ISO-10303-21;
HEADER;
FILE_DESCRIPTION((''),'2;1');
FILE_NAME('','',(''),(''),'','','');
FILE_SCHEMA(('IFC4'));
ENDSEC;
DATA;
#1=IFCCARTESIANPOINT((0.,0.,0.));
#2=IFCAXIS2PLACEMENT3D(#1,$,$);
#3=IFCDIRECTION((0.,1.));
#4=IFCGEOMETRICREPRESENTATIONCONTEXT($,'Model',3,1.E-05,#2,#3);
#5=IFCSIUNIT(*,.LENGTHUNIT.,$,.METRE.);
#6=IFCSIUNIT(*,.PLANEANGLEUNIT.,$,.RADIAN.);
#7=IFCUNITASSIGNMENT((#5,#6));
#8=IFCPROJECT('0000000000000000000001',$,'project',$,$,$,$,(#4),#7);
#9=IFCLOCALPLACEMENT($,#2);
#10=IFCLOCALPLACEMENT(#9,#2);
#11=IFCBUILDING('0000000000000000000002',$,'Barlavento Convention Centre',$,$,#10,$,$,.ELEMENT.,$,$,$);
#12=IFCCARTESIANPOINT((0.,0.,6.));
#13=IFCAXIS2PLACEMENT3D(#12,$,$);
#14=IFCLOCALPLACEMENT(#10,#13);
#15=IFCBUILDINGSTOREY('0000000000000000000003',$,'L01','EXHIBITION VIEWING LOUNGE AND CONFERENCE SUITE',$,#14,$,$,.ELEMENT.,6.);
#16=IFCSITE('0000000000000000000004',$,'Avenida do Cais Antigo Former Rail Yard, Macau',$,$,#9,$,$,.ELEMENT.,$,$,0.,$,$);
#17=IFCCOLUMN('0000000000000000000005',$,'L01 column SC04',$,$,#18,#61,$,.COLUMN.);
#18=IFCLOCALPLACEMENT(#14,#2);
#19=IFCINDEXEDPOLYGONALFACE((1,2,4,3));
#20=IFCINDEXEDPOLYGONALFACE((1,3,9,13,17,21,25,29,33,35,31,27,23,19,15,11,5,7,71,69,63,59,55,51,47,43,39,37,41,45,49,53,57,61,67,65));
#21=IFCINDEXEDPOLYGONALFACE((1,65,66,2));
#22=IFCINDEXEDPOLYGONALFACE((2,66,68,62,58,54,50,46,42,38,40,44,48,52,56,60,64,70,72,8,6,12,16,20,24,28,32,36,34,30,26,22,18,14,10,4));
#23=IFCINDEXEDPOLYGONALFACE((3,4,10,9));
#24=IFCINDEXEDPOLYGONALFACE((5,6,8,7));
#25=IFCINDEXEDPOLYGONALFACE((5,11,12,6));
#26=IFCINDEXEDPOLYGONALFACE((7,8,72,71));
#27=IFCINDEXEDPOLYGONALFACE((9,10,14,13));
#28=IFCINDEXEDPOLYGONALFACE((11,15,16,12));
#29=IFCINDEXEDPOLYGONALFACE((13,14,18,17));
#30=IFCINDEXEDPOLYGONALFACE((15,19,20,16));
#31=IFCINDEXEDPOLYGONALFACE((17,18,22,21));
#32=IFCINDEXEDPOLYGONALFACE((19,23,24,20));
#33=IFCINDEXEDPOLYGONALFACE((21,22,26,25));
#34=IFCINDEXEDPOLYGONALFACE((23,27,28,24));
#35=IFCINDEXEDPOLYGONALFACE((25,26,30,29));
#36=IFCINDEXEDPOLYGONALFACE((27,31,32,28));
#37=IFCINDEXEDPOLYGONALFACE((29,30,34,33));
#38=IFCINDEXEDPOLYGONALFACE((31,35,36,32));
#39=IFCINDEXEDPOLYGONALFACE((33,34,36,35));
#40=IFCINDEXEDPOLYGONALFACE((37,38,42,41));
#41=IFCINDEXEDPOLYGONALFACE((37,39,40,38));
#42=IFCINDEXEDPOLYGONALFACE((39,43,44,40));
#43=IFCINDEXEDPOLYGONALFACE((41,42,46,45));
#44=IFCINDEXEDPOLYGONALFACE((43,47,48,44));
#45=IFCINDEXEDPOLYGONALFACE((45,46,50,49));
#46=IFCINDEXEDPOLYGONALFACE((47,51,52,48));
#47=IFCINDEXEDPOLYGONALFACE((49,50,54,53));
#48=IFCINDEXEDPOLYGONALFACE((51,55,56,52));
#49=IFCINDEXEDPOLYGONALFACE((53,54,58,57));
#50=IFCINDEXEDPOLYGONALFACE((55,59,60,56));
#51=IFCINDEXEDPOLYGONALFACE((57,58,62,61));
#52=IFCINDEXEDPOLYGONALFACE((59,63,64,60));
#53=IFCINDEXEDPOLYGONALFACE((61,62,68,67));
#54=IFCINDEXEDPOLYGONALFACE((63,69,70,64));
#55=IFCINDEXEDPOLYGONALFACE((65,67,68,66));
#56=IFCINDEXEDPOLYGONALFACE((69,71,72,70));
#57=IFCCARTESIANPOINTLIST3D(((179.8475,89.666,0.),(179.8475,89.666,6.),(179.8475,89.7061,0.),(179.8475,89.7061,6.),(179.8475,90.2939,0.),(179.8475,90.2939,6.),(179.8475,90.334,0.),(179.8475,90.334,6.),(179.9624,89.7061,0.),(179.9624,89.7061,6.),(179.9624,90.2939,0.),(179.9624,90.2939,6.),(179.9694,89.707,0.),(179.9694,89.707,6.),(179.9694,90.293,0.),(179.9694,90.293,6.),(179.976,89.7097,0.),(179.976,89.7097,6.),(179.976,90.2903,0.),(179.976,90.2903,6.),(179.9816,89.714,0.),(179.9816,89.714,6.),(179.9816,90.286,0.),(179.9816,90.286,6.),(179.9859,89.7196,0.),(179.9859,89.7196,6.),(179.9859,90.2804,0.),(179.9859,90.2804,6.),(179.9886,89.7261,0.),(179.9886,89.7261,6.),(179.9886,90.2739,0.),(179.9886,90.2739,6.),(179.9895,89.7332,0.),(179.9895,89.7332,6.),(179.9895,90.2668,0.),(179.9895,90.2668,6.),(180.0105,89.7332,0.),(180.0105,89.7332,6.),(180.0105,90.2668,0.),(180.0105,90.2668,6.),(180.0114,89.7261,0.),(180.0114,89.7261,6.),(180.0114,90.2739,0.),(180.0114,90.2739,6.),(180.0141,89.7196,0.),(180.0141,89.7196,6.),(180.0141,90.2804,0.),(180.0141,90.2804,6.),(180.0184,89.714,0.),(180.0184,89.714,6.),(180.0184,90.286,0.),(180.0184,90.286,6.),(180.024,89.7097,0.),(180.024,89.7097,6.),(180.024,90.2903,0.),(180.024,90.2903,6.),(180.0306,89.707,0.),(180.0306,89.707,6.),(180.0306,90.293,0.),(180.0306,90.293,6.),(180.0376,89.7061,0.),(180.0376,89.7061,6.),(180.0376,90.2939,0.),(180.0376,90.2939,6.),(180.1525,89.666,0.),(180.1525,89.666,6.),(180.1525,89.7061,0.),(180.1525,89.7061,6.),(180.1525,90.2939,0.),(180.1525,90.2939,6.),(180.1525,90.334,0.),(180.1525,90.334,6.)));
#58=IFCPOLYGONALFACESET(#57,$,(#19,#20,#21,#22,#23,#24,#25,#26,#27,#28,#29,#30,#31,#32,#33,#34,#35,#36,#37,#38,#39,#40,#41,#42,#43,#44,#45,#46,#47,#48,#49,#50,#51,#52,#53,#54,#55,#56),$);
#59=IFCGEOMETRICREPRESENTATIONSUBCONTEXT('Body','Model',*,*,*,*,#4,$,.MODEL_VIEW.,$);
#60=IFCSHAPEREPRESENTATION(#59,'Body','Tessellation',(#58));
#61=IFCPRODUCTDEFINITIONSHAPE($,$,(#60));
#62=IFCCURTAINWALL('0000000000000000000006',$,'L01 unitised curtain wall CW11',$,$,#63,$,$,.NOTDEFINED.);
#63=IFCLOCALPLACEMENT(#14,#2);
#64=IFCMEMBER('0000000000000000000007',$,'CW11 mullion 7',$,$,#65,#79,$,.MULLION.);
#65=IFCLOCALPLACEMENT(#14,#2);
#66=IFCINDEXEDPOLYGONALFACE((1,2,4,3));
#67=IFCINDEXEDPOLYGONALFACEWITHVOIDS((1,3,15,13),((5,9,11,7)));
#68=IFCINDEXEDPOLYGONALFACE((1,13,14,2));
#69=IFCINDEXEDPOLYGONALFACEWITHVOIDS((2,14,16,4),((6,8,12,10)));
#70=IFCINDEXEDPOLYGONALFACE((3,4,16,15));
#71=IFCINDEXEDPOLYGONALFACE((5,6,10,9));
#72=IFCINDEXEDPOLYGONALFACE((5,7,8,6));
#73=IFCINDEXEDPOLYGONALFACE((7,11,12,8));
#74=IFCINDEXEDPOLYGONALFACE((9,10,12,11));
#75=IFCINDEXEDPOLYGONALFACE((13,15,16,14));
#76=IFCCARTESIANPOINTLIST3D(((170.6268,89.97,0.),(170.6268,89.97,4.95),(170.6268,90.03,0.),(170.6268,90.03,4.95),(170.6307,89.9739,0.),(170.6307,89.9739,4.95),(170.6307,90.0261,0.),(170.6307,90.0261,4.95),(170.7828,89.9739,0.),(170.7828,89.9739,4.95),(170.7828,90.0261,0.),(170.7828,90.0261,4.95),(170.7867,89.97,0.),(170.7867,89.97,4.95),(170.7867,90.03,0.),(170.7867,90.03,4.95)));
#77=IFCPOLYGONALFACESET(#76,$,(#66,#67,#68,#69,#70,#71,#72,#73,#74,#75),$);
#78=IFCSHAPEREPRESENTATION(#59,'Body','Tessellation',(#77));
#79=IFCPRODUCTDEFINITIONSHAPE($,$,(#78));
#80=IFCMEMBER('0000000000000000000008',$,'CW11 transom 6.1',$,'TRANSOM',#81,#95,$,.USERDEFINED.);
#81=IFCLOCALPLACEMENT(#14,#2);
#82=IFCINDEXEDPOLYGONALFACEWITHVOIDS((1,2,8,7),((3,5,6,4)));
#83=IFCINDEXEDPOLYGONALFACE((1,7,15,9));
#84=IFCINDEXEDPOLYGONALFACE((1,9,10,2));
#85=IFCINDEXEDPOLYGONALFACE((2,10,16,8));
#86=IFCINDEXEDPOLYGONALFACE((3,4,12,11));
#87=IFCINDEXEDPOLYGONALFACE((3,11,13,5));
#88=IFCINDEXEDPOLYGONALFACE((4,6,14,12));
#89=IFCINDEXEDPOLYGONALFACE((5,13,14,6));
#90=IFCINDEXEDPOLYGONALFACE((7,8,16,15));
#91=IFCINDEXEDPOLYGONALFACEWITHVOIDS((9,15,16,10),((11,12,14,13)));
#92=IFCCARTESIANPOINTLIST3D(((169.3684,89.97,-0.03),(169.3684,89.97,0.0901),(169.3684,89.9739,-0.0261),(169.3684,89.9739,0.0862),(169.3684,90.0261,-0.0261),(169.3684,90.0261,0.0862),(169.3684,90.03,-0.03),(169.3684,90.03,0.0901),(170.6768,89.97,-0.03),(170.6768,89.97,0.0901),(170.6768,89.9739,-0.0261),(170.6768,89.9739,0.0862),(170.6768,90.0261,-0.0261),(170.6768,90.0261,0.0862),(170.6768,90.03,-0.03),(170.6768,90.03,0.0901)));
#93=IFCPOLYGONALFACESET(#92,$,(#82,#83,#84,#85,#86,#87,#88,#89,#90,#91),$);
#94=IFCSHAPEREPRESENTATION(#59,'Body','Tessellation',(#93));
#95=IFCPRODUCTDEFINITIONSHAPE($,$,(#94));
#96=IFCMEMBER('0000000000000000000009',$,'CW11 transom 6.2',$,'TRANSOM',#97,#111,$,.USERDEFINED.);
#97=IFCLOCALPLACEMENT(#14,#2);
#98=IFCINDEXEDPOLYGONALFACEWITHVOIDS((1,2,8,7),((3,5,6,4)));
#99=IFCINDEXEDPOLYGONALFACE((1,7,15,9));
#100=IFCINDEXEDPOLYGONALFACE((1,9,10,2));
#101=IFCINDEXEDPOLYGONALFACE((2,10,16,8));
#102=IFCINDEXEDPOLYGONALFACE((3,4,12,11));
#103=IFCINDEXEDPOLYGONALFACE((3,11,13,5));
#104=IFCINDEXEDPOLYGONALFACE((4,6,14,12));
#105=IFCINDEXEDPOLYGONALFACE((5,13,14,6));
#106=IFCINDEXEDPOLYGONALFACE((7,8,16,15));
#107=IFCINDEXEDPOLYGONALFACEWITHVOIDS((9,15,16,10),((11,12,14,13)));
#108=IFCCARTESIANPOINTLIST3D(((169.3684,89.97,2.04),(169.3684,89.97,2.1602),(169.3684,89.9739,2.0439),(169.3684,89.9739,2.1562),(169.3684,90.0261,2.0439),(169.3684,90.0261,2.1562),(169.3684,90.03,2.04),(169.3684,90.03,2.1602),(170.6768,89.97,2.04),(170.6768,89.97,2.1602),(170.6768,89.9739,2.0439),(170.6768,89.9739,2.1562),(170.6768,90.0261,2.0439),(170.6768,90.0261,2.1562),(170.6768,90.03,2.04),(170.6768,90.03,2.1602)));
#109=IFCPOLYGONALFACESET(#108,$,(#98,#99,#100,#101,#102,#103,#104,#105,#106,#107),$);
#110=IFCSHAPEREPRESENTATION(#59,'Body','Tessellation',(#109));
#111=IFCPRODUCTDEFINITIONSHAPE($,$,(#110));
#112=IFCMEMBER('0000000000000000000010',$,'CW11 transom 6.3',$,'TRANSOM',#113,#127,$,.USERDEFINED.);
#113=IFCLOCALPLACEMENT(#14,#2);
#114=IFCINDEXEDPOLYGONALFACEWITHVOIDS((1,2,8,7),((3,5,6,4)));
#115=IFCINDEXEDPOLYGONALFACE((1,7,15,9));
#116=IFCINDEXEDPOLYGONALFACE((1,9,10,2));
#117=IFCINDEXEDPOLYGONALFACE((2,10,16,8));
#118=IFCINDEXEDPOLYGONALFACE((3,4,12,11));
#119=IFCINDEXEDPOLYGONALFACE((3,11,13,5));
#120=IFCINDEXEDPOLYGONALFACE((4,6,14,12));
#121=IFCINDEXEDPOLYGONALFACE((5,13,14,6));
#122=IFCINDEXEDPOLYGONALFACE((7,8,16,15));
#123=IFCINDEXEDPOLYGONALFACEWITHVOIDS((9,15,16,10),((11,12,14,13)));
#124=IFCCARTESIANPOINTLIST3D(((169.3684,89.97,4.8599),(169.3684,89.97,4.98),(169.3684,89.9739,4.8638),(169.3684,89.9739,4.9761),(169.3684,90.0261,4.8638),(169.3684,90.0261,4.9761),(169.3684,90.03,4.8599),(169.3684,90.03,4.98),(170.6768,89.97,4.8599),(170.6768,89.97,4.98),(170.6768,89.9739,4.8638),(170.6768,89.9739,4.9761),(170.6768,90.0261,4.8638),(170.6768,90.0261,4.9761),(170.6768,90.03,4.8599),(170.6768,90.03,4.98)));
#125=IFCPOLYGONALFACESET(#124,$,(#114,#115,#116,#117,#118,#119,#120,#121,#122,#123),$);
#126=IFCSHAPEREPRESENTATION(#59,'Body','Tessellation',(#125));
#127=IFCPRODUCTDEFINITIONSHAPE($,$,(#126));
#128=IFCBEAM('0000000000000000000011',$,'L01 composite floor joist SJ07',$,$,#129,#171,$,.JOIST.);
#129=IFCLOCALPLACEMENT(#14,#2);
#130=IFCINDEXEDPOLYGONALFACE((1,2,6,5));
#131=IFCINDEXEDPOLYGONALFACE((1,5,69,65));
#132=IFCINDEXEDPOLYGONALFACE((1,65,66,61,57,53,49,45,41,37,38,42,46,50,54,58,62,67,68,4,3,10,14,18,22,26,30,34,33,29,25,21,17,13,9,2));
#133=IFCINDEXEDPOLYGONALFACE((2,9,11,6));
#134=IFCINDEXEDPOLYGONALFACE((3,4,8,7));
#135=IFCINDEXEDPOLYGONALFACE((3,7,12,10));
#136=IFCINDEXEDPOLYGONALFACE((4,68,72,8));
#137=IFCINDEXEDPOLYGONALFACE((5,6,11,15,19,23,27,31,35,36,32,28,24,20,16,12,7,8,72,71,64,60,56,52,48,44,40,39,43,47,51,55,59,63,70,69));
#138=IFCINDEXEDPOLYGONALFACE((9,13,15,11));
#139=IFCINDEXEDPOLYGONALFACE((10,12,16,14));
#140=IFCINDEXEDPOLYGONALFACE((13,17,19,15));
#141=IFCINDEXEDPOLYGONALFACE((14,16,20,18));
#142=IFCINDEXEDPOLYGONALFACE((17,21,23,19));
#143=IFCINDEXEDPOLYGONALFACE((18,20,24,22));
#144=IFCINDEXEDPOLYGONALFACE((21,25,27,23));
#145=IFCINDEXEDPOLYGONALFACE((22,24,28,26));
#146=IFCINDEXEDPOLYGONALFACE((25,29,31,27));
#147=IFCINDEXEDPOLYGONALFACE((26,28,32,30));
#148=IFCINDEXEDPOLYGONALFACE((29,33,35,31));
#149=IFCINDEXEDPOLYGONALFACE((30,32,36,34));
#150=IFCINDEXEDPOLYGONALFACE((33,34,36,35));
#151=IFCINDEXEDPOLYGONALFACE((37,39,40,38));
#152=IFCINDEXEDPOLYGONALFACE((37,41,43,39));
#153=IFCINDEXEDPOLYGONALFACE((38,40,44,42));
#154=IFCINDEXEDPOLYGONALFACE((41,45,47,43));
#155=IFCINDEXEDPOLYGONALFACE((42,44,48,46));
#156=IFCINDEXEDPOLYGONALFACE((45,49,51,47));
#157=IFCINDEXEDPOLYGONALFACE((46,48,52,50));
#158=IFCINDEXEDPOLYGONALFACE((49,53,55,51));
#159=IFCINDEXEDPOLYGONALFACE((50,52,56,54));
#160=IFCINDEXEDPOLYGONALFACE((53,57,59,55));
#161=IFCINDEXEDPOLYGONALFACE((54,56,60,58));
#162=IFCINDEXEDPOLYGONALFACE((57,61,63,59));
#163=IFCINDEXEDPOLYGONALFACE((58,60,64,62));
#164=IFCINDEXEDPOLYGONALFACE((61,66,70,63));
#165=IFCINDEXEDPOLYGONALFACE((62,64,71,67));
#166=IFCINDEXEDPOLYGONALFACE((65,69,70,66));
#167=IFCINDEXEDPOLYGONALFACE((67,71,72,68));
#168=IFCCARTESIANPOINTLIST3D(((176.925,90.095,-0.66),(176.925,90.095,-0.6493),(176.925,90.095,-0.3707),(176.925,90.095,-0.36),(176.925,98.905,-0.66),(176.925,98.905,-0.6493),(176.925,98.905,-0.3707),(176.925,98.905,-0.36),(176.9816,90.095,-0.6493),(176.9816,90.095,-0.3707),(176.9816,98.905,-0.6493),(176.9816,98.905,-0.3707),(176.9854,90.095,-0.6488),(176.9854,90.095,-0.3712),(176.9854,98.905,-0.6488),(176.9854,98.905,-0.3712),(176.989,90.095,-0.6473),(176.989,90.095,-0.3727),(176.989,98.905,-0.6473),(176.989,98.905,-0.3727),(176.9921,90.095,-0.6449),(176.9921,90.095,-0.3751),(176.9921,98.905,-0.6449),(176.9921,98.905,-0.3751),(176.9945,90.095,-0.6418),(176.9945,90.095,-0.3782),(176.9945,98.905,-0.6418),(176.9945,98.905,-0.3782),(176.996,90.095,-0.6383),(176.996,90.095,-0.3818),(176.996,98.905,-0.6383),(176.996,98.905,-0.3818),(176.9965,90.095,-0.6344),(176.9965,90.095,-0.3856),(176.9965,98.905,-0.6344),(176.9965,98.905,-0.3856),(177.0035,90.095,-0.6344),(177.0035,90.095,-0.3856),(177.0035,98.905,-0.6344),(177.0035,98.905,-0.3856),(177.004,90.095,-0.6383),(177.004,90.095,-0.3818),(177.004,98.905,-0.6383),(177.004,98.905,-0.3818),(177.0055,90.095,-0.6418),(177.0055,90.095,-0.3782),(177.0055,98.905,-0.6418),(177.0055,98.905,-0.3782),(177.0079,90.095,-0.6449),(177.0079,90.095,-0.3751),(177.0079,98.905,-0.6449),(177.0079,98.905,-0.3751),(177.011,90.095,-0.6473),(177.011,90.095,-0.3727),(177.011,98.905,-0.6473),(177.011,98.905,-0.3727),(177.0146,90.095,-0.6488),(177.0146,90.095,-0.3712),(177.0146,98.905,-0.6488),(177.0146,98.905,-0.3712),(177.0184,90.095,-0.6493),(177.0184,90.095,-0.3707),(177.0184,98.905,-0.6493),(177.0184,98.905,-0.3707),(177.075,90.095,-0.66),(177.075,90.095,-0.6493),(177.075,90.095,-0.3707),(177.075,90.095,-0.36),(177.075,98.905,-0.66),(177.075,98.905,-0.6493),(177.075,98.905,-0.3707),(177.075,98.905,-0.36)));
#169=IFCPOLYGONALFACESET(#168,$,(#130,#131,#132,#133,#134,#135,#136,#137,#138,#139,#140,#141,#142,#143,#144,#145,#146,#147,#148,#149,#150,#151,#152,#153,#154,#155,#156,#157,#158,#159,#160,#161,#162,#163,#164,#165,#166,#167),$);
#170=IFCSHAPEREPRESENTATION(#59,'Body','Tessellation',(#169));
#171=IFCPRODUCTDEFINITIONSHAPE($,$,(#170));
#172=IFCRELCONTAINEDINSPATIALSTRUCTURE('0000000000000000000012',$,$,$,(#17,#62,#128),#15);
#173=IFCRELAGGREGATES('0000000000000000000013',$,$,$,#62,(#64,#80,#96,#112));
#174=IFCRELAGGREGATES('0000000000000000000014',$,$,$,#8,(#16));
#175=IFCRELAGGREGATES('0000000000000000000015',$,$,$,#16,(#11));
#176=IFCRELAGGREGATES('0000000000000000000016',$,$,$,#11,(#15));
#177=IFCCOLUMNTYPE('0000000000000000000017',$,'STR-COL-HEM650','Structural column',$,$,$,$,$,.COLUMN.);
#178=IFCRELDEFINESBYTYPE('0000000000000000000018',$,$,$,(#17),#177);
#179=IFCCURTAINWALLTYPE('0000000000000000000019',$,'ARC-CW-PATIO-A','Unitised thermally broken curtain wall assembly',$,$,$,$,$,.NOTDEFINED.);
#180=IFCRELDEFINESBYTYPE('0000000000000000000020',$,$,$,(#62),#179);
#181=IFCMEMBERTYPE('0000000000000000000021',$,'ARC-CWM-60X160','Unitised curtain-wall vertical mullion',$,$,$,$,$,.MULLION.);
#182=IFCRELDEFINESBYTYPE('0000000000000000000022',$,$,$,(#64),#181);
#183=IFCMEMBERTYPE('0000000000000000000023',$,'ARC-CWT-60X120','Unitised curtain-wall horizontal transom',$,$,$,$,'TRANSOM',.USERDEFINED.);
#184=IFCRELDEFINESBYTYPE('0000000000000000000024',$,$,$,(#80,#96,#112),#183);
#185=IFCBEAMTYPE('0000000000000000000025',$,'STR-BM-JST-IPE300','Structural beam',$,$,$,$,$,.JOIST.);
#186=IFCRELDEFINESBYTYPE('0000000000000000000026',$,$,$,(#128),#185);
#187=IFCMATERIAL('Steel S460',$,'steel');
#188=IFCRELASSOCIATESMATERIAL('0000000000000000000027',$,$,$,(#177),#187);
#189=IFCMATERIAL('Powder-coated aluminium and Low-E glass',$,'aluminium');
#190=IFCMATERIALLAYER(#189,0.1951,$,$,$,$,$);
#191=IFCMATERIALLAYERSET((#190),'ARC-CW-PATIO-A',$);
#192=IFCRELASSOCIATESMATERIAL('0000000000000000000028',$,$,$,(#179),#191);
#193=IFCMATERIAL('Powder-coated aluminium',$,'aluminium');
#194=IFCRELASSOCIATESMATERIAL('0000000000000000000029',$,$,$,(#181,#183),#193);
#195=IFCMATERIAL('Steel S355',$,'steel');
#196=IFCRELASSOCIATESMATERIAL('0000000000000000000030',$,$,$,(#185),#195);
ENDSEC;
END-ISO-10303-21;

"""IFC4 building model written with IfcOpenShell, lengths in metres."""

from ifc_helpers import new_model, si_unit, direction, frame, origin, origin_2d, place, context, subcontext, project, spatial, hollow_rectangle, i_section, extrude, material, layer, layer_set, material_profile, profile_set, type_object, element, aggregate, save


model = new_model("IFC4")

# Units and contexts
model_context = context("Model", 3, precision=1e-05, world=origin(), true_north=direction((0.0, 1.0)))
body_context = subcontext(model_context, "Body", "Model", "MODEL_VIEW")
ifc_project = project(units=[si_unit("LENGTHUNIT", "METRE"), si_unit("PLANEANGLEUNIT", "RADIAN")], contexts=[model_context])

# Site, building, storey
site_placement = place(None, origin())
site = spatial("IfcSite", under=ifc_project, at=site_placement, Name="Avenida do Cais Antigo Former Rail Yard, Macau", CompositionType="ELEMENT", RefElevation=0.0)
building_placement = place(site_placement, origin())
building = spatial("IfcBuilding", under=site, at=building_placement, Name="Barlavento Convention Centre", CompositionType="ELEMENT")
storey_placement = place(building_placement, frame((0.0, 0.0, 6.0)))
storey = spatial("IfcBuildingStorey", under=building, at=storey_placement, Name="L01", Description="EXHIBITION VIEWING LOUNGE AND CONFERENCE SUITE", CompositionType="ELEMENT", Elevation=6.0)

# Column
ifc_material_1 = material(Name="Steel S355", Category="steel")
ifc_material_2 = material(Name="Steel S460", Category="steel")
ifc_material_profile_1 = material_profile(ifc_material_2, i_section(OverallWidth=0.3049, OverallDepth=0.668, WebThickness=0.021, FlangeThickness=0.04, FilletRadius=0.0271, at=origin_2d()), Name="HEM 650")
ifc_profile_set_1 = profile_set([ifc_material_profile_1], Name="Steel S460")
column_type_1 = type_object("IfcColumnType", Name="STR-COL-HEM650", Description="Structural column", PredefinedType="COLUMN", material=ifc_profile_set_1)
for number, where, z_axis, x_axis, name in (
    (1, (180.0, 90.0, 0.0), (0.0, 0.0, 1.0), (1.0, 0.0, 0.0), "L01 column SC04"),
):
    element("IfcColumn", number, at=place(storey_placement, frame(where, z_axis=z_axis, x_axis=x_axis)), inside=storey, type_object=column_type_1, Name=name, PredefinedType="COLUMN", context=body_context, shape_type="SweptSolid", body=[
        extrude(i_section(OverallWidth=0.3049, OverallDepth=0.668, WebThickness=0.021, FlangeThickness=0.04, FilletRadius=0.0271, at=origin_2d()), origin(), (0.0, 0.0, 1.0), 6.0),
    ])

# Curtain wall, members
ifc_material_3 = material(Name="Powder-coated aluminium and Low-E glass", Category="aluminium")
ifc_layer_1 = layer(ifc_material_3, 0.1951)
ifc_layer_set_1 = layer_set([ifc_layer_1], Name="ARC-CW-PATIO-A")
curtain_wall_type = type_object("IfcCurtainWallType", Name="ARC-CW-PATIO-A", Description="Unitised thermally broken curtain wall assembly", PredefinedType="NOTDEFINED", material=ifc_layer_set_1)
curtain_wall_placement = place(storey_placement, origin())
curtain_wall = element("IfcCurtainWall", 2, at=curtain_wall_placement, inside=storey, type_object=curtain_wall_type, Name="L01 unitised curtain wall CW11", PredefinedType="NOTDEFINED")
ifc_material_4 = material(Name="Powder-coated aluminium", Category="aluminium")
ifc_material_profile_2 = material_profile(ifc_material_4, hollow_rectangle(XDim=0.0601, YDim=0.1599, WallThickness=0.0039, at=origin_2d()), Name="AL-MULL 60x160x4")
ifc_profile_set_2 = profile_set([ifc_material_profile_2], Name="Powder-coated aluminium")
member_type_1 = type_object("IfcMemberType", Name="ARC-CWM-60X160", Description="Unitised curtain-wall vertical mullion", PredefinedType="MULLION", material=ifc_profile_set_2)
member_1_placement = place(storey_placement, frame((170.7068, 90.0, 0.0), z_axis=(0.0, 0.0, 1.0), x_axis=(0.0, 1.0, 0.0)))
member_1 = element("IfcMember", 3, at=member_1_placement, type_object=member_type_1, Name="CW11 mullion 7", PredefinedType="MULLION", context=body_context, shape_type="SweptSolid", body=[
    extrude(hollow_rectangle(XDim=0.0601, YDim=0.1599, WallThickness=0.0039, at=origin_2d()), origin(), (0.0, 0.0, 1.0), 4.95),
])
ifc_material_profile_3 = material_profile(ifc_material_4, hollow_rectangle(XDim=0.0601, YDim=0.1201, WallThickness=0.0039, at=origin_2d()), Name="AL-TRAN 60x120x4")
ifc_profile_set_3 = profile_set([ifc_material_profile_3], Name="Powder-coated aluminium")
member_type_2 = type_object("IfcMemberType", Name="ARC-CWT-60X120", Description="Unitised curtain-wall horizontal transom", ElementType="TRANSOM", PredefinedType="USERDEFINED", material=ifc_profile_set_3)
member_2_placement = place(storey_placement, frame((169.3684, 90.0, 0.03), z_axis=(1.0, 0.0, 0.0), x_axis=(0.0, 1.0, 0.0)))
member_2 = element("IfcMember", 4, at=member_2_placement, type_object=member_type_2, Name="CW11 transom 6.1", ObjectType="TRANSOM", PredefinedType="USERDEFINED", context=body_context, shape_type="SweptSolid", body=[
    extrude(hollow_rectangle(XDim=0.0601, YDim=0.1201, WallThickness=0.0039, at=origin_2d()), origin(), (0.0, 0.0, 1.0), 1.3083),
])
member_3_placement = place(storey_placement, frame((169.3684, 90.0, 2.1001), z_axis=(1.0, 0.0, 0.0), x_axis=(0.0, 1.0, 0.0)))
member_3 = element("IfcMember", 5, at=member_3_placement, type_object=member_type_2, Name="CW11 transom 6.2", ObjectType="TRANSOM", PredefinedType="USERDEFINED", context=body_context, shape_type="SweptSolid", body=[
    extrude(hollow_rectangle(XDim=0.0601, YDim=0.1201, WallThickness=0.0039, at=origin_2d()), origin(), (0.0, 0.0, 1.0), 1.3083),
])
member_4_placement = place(storey_placement, frame((169.3684, 90.0, 4.9199), z_axis=(1.0, 0.0, 0.0), x_axis=(0.0, 1.0, 0.0)))
member_4 = element("IfcMember", 6, at=member_4_placement, type_object=member_type_2, Name="CW11 transom 6.3", ObjectType="TRANSOM", PredefinedType="USERDEFINED", context=body_context, shape_type="SweptSolid", body=[
    extrude(hollow_rectangle(XDim=0.0601, YDim=0.1201, WallThickness=0.0039, at=origin_2d()), origin(), (0.0, 0.0, 1.0), 1.3083),
])

# Beam
ifc_material_profile_4 = material_profile(ifc_material_1, i_section(OverallWidth=0.1499, OverallDepth=0.3, WebThickness=0.0071, FlangeThickness=0.0107, FilletRadius=0.0149, at=origin_2d()), Name="IPE 300")
ifc_profile_set_4 = profile_set([ifc_material_profile_4], Name="Steel S355")
beam_type_1 = type_object("IfcBeamType", Name="STR-BM-JST-IPE300", Description="Structural beam", PredefinedType="JOIST", material=ifc_profile_set_4)
beam_1_placement = place(storey_placement, frame((177.0, 90.095, -0.51), z_axis=(0.0, 1.0, 0.0), x_axis=(-1.0, 0.0, 0.0)))
element("IfcBeam", 7, at=beam_1_placement, inside=storey, type_object=beam_type_1, Name="L01 composite floor joist SJ07", PredefinedType="JOIST", context=body_context, shape_type="SweptSolid", body=[
    extrude(i_section(OverallWidth=0.1499, OverallDepth=0.3, WebThickness=0.0071, FlangeThickness=0.0107, FilletRadius=0.0149, at=origin_2d()), origin(), (0.0, 0.0, 1.0), 8.8101),
])

aggregate(curtain_wall, [member_1, member_2, member_3, member_4])

save(model, "model.ifc")
